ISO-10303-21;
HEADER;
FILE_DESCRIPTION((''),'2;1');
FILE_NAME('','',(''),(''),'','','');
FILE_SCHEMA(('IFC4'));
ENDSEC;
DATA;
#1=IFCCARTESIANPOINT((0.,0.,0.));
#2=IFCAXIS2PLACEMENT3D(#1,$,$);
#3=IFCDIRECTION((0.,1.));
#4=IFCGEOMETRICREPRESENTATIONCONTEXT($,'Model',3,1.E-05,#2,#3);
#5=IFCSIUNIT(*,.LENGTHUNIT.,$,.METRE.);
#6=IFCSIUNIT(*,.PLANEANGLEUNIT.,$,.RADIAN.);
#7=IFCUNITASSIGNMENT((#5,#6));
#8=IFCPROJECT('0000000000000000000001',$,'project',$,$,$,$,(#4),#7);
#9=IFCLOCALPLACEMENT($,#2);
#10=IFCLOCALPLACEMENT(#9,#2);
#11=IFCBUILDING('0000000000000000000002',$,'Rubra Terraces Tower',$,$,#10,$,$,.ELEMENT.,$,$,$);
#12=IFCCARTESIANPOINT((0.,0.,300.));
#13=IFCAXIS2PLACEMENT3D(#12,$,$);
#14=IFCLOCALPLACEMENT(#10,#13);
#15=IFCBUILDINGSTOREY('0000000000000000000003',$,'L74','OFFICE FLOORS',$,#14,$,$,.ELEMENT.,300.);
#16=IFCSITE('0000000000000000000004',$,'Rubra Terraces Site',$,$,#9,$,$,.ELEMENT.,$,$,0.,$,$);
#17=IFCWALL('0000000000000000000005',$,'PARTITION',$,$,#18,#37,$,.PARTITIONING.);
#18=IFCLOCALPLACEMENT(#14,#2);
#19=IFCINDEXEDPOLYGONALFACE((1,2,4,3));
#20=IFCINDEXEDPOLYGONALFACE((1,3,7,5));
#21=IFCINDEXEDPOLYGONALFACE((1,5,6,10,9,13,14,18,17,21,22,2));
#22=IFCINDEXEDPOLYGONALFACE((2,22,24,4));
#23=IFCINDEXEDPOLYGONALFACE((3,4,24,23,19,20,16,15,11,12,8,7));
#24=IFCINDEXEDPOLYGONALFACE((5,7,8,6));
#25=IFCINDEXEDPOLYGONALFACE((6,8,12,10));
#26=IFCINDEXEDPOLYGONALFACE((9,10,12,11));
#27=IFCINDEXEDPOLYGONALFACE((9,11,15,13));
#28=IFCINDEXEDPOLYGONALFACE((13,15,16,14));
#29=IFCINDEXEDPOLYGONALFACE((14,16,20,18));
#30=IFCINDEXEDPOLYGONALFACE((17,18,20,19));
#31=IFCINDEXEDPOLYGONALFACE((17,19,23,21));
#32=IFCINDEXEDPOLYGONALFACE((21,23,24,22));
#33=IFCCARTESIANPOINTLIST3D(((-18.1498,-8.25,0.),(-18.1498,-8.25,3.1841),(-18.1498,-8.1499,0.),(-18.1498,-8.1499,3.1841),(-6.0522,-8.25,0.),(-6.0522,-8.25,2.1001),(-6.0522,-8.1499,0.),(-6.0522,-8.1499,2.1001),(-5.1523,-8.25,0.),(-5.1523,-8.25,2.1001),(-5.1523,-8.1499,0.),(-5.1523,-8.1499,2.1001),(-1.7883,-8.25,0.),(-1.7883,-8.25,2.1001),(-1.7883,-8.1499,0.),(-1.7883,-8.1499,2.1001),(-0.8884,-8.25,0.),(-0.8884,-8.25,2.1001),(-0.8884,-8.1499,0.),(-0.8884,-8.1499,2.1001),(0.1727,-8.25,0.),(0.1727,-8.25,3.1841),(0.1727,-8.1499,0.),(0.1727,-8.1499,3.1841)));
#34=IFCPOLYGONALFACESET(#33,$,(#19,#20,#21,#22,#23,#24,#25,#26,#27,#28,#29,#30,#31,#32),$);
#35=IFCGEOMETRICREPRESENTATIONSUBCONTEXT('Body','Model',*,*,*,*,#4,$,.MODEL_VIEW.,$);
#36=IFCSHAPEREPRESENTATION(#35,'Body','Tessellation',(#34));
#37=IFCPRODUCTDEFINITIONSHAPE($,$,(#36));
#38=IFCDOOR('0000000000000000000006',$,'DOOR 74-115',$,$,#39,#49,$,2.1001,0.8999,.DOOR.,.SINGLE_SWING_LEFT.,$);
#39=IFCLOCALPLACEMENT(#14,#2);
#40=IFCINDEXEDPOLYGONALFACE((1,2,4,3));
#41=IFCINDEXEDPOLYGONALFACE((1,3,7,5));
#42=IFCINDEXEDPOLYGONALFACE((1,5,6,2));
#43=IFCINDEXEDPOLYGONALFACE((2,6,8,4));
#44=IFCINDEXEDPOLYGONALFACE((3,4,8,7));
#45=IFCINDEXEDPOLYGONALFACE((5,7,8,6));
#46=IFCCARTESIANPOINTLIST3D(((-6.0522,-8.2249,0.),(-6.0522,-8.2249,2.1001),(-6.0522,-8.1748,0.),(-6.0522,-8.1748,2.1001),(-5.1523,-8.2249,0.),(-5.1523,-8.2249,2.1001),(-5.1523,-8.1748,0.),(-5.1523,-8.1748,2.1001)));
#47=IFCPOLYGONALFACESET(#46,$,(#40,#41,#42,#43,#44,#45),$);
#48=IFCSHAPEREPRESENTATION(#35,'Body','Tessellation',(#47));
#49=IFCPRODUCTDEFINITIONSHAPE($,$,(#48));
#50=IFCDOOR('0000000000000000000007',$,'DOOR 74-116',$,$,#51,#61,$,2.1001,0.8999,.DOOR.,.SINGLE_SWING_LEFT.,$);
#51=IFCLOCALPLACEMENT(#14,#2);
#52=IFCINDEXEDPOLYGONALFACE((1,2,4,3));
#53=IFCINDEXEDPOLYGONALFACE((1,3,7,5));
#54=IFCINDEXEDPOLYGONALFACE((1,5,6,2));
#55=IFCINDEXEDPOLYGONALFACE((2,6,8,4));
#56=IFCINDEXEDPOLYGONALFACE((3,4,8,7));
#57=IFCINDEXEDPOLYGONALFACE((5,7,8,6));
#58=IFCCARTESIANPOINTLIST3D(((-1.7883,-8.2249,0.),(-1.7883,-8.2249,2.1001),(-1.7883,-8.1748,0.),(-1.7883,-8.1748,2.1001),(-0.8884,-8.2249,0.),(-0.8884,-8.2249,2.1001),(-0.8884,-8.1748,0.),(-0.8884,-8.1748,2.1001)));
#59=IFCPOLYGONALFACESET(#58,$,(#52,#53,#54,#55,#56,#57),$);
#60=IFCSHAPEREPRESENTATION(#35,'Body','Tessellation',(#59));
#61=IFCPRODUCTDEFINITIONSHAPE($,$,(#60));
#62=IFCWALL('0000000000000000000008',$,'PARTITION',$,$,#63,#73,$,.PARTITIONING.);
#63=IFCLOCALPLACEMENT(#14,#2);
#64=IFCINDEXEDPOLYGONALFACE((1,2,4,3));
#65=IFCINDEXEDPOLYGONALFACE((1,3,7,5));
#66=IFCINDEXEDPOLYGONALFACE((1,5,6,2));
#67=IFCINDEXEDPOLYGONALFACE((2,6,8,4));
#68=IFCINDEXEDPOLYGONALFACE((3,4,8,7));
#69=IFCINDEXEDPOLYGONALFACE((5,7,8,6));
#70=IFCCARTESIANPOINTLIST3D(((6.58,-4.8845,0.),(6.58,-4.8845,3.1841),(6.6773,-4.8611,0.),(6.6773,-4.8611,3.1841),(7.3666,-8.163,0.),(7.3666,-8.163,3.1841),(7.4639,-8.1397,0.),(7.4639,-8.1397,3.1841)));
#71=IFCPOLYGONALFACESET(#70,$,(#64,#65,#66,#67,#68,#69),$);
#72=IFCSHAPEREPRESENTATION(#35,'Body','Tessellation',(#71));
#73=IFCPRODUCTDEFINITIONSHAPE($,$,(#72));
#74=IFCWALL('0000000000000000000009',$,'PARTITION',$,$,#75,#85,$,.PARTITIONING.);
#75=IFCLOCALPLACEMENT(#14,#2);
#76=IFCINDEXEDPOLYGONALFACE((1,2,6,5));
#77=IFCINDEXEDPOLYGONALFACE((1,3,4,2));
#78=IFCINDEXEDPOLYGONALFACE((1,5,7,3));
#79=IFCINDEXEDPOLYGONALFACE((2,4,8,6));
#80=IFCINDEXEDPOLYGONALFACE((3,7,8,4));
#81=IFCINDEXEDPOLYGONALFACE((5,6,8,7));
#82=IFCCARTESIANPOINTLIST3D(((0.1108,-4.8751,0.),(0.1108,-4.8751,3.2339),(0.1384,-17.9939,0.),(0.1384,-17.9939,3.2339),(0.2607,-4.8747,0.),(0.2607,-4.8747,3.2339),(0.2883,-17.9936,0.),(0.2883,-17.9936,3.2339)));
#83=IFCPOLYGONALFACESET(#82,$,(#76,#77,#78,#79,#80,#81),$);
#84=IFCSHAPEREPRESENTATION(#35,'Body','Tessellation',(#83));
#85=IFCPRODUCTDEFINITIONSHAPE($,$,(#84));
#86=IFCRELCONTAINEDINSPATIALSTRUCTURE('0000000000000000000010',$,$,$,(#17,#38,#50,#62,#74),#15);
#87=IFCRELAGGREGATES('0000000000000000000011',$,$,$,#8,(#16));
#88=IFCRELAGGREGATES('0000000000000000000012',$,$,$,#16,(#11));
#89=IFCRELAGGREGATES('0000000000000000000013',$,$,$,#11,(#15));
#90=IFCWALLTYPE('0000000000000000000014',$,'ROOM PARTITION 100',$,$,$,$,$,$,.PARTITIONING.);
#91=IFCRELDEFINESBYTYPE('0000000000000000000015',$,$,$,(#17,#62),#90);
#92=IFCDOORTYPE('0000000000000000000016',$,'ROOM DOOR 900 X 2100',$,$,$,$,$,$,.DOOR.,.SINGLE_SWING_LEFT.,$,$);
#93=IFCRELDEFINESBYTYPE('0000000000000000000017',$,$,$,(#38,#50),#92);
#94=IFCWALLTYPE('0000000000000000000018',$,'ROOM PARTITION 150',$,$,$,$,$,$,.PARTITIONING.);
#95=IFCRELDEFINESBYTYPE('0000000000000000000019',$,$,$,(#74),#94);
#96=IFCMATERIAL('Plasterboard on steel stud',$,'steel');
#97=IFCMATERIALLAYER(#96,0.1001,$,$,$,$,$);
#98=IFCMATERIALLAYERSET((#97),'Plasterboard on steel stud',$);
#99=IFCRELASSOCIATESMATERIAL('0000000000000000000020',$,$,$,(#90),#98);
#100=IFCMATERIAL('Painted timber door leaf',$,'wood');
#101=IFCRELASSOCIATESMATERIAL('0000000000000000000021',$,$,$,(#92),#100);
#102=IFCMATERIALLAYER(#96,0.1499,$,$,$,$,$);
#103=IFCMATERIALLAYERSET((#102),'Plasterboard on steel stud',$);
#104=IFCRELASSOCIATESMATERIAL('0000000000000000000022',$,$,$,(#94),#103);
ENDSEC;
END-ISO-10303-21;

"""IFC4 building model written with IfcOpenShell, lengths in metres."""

from ifc_helpers import new_model, si_unit, direction, frame, frame_2d, origin, place, context, subcontext, project, spatial, rectangle, extrude, material, layer, layer_set, type_object, element, fill, save


model = new_model("IFC4")

# Units and contexts
model_context = context("Model", 3, precision=1e-05, world=origin(), true_north=direction((0.0, 1.0)))
body_context = subcontext(model_context, "Body", "Model", "MODEL_VIEW")
ifc_project = project(units=[si_unit("LENGTHUNIT", "METRE"), si_unit("PLANEANGLEUNIT", "RADIAN")], contexts=[model_context])

# Site, building, storey
site_placement = place(None, origin())
site = spatial("IfcSite", under=ifc_project, at=site_placement, Name="Rubra Terraces Site", CompositionType="ELEMENT", RefElevation=0.0)
building_placement = place(site_placement, origin())
building = spatial("IfcBuilding", under=site, at=building_placement, Name="Rubra Terraces Tower", CompositionType="ELEMENT")
storey_placement = place(building_placement, frame((0.0, 0.0, 300.0)))
storey = spatial("IfcBuildingStorey", under=building, at=storey_placement, Name="L74", Description="OFFICE FLOORS", CompositionType="ELEMENT", Elevation=300.0)

# Wall, openings, doors
ifc_material_1 = material(Name="Plasterboard on steel stud", Category="steel")
ifc_layer_1 = layer(ifc_material_1, 0.1001)
ifc_layer_set_1 = layer_set([ifc_layer_1], Name="Plasterboard on steel stud")
wall_type_1 = type_object("IfcWallType", Name="ROOM PARTITION 100", PredefinedType="PARTITIONING", material=ifc_layer_set_1)
wall_1_placement = place(storey_placement, frame((0.1726, -8.2, 0.0), z_axis=(0.0, 0.0, 1.0), x_axis=(-1.0, 0.0, 0.0)))
wall_1 = element("IfcWall", 1, at=wall_1_placement, inside=storey, type_object=wall_type_1, Name="PARTITION", PredefinedType="PARTITIONING", context=body_context, shape_type="SweptSolid", body=[
    extrude(rectangle(XDim=18.3225, YDim=0.1001, at=frame_2d((9.1611, 0.0))), origin(), (0.0, 0.0, 1.0), 3.1841),
])
opening_1_placement = place(wall_1_placement, frame((5.325, 0.0, 0.0)))
opening_1 = element("IfcOpeningElement", 2, at=opening_1_placement, cuts=wall_1, PredefinedType="OPENING", context=body_context, shape_type="SweptSolid", body=[
    extrude(rectangle(XDim=0.8999, YDim=2.1001, at=frame_2d((0.45, 1.05))), frame((0.0, 0.0601, 0.0), z_axis=(0.0, -1.0, 0.0), x_axis=(1.0, 0.0, 0.0)), (0.0, 0.0, 1.0), 0.1201),
])
opening_2_placement = place(wall_1_placement, frame((1.061, 0.0, 0.0)))
opening_2 = element("IfcOpeningElement", 3, at=opening_2_placement, cuts=wall_1, PredefinedType="OPENING", context=body_context, shape_type="SweptSolid", body=[
    extrude(rectangle(XDim=0.8999, YDim=2.1001, at=frame_2d((0.45, 1.05))), frame((0.0, 0.0601, 0.0), z_axis=(0.0, -1.0, 0.0), x_axis=(1.0, 0.0, 0.0)), (0.0, 0.0, 1.0), 0.1201),
])
ifc_material_2 = material(Name="Painted timber door leaf", Category="wood")
door_type = type_object("IfcDoorType", Name="ROOM DOOR 900 X 2100", OperationType="SINGLE_SWING_LEFT", PredefinedType="DOOR", material=ifc_material_2)
door_1_placement = place(opening_1_placement, origin())
door_1 = element("IfcDoor", 4, at=door_1_placement, inside=storey, type_object=door_type, Name="DOOR 74-115", OperationType="SINGLE_SWING_LEFT", OverallHeight=2.1001, OverallWidth=0.8999, PredefinedType="DOOR", context=body_context, shape_type="SweptSolid", body=[
    extrude(rectangle(XDim=0.8999, YDim=2.1001, at=frame_2d((0.45, 1.05))), frame((0.0, 0.0249, 0.0), z_axis=(0.0, -1.0, 0.0), x_axis=(1.0, 0.0, 0.0)), (0.0, 0.0, 1.0), 0.05),
])
fill(opening_1, door_1)
door_2_placement = place(opening_2_placement, origin())
door_2 = element("IfcDoor", 5, at=door_2_placement, inside=storey, type_object=door_type, Name="DOOR 74-116", OperationType="SINGLE_SWING_LEFT", OverallHeight=2.1001, OverallWidth=0.8999, PredefinedType="DOOR", context=body_context, shape_type="SweptSolid", body=[
    extrude(rectangle(XDim=0.8999, YDim=2.1001, at=frame_2d((0.45, 1.05))), frame((0.0, 0.0249, 0.0), z_axis=(0.0, -1.0, 0.0), x_axis=(1.0, 0.0, 0.0)), (0.0, 0.0, 1.0), 0.05),
])
fill(opening_2, door_2)

# Walls
wall_2_placement = place(storey_placement, frame((6.6287, -4.8728, 0.0), z_axis=(0.0, 0.0, 1.0), x_axis=(0.233307, -0.972403, 0.0)))
element("IfcWall", 6, at=wall_2_placement, inside=storey, type_object=wall_type_1, Name="PARTITION", PredefinedType="PARTITIONING", context=body_context, shape_type="SweptSolid", body=[
    extrude(rectangle(XDim=3.3716, YDim=0.1001, at=frame_2d((1.6858, 0.0))), origin(), (0.0, 0.0, 1.0), 3.1841),
])
ifc_layer_2 = layer(ifc_material_1, 0.1499)
ifc_layer_set_2 = layer_set([ifc_layer_2], Name="Plasterboard on steel stud")
wall_type_2 = type_object("IfcWallType", Name="ROOM PARTITION 150", PredefinedType="PARTITIONING", material=ifc_layer_set_2)
wall_3_placement = place(storey_placement, frame((0.2134, -17.9939, 0.0), z_axis=(0.0, 0.0, 1.0), x_axis=(-0.002103, 0.999998, 0.0)))
element("IfcWall", 7, at=wall_3_placement, inside=storey, type_object=wall_type_2, Name="PARTITION", PredefinedType="PARTITIONING", context=body_context, shape_type="SweptSolid", body=[
    extrude(rectangle(XDim=13.1189, YDim=0.1499, at=frame_2d((6.5596, 0.0))), origin(), (0.0, 0.0, 1.0), 3.2339),
])

save(model, "model.ifc")
